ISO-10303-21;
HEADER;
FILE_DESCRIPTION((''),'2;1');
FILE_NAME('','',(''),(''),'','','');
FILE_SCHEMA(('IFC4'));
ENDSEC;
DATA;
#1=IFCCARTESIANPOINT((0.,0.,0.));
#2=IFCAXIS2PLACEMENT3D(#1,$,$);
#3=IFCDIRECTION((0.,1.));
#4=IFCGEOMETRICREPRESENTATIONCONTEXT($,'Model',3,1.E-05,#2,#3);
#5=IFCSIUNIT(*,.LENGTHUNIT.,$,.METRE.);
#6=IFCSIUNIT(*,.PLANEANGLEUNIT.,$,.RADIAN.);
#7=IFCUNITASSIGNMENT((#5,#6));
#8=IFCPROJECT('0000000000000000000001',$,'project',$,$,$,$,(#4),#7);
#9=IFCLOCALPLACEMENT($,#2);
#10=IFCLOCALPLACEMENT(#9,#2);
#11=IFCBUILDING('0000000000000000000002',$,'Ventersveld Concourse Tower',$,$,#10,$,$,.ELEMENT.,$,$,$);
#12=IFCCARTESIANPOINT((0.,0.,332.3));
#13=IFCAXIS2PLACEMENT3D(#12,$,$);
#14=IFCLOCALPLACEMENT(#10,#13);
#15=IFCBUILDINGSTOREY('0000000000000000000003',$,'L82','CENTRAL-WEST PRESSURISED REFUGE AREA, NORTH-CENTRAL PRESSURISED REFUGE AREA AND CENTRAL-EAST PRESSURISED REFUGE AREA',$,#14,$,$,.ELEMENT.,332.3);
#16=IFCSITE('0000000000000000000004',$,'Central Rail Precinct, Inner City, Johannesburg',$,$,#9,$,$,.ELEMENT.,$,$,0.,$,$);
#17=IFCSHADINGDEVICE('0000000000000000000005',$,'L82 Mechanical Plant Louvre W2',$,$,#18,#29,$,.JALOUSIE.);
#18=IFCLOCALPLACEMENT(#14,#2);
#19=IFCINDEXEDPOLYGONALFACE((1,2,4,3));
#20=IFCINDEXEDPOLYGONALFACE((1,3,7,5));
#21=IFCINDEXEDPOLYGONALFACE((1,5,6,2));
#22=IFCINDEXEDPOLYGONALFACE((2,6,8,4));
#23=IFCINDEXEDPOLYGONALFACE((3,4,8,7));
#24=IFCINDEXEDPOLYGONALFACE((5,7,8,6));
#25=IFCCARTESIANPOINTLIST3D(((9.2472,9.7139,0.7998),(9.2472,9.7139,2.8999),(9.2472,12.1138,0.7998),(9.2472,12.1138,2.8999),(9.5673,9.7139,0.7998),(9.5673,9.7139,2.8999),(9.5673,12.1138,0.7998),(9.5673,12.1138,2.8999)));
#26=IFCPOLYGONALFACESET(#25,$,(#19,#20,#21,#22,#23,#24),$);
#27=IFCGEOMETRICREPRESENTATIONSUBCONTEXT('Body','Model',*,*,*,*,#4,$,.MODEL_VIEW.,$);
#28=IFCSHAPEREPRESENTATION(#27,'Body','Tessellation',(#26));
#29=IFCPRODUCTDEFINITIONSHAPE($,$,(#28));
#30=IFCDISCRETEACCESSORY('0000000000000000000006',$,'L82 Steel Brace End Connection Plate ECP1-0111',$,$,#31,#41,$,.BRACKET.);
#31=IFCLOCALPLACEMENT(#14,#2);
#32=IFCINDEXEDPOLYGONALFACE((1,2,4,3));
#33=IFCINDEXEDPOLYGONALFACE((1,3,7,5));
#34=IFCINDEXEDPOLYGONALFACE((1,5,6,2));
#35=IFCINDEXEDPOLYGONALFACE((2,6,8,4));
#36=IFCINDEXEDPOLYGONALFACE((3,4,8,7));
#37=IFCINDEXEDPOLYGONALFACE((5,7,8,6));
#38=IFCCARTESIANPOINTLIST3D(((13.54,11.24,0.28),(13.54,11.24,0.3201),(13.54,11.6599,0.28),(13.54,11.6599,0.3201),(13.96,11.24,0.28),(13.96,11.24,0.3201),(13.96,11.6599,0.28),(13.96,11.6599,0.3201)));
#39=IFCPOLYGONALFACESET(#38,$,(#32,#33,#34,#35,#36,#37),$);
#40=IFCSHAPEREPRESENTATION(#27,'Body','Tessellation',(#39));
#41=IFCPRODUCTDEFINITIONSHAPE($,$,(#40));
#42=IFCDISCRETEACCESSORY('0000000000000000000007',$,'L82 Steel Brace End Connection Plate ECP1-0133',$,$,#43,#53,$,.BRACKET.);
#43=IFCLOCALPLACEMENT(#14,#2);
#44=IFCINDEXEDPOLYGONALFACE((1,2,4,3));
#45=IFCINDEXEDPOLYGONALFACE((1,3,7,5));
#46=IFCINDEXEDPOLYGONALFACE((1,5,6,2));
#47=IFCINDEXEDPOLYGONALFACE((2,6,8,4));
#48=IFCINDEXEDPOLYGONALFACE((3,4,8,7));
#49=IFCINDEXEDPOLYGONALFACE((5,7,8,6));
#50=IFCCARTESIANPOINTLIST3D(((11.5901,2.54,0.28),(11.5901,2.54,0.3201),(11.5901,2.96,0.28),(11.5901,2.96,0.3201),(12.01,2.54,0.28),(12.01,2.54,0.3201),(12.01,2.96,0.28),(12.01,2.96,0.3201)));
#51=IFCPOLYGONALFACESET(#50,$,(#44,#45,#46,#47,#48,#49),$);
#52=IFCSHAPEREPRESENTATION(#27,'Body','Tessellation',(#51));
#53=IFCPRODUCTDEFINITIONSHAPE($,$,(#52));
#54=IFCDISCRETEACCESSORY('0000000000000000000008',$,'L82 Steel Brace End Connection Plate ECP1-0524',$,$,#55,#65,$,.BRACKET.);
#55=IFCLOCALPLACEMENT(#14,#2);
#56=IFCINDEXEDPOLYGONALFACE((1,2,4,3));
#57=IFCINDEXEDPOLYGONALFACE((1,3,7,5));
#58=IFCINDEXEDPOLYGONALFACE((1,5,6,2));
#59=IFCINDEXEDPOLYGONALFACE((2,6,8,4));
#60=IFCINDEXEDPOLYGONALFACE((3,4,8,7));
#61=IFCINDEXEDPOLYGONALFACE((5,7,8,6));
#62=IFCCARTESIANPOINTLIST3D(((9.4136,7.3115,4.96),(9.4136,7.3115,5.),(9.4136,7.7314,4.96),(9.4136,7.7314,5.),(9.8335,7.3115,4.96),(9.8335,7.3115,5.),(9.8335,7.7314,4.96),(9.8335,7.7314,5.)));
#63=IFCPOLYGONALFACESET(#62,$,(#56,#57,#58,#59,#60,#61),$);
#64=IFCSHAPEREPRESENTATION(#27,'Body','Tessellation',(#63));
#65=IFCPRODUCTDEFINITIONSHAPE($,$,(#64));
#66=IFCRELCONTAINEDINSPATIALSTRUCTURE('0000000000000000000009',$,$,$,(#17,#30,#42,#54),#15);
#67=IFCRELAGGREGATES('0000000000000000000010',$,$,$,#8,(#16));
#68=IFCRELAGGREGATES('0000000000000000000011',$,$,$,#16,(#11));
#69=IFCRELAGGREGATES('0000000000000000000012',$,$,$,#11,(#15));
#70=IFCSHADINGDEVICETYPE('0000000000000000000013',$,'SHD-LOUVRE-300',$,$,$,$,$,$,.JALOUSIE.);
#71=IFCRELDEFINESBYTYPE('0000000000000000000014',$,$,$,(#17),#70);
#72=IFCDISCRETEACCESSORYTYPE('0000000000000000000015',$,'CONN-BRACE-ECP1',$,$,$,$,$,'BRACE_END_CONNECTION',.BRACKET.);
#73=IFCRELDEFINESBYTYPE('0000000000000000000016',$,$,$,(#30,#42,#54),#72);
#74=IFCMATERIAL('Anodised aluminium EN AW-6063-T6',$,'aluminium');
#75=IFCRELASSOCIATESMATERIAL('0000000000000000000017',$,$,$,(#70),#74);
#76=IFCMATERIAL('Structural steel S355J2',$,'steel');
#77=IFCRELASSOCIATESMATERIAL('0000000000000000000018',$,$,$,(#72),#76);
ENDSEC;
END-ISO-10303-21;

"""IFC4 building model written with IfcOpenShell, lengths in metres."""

from ifc_helpers import new_model, si_unit, direction, frame, origin, origin_2d, place, context, subcontext, project, spatial, rectangle, extrude, material, type_object, element, save


model = new_model("IFC4")

# Units and contexts
model_context = context("Model", 3, precision=1e-05, world=origin(), true_north=direction((0.0, 1.0)))
body_context = subcontext(model_context, "Body", "Model", "MODEL_VIEW")
ifc_project = project(units=[si_unit("LENGTHUNIT", "METRE"), si_unit("PLANEANGLEUNIT", "RADIAN")], contexts=[model_context])

# Site, building, storey
site_placement = place(None, origin())
site = spatial("IfcSite", under=ifc_project, at=site_placement, Name="Central Rail Precinct, Inner City, Johannesburg", CompositionType="ELEMENT", RefElevation=0.0)
building_placement = place(site_placement, origin())
building = spatial("IfcBuilding", under=site, at=building_placement, Name="Ventersveld Concourse Tower", CompositionType="ELEMENT")
storey_placement = place(building_placement, frame((0.0, 0.0, 332.3)))
storey = spatial("IfcBuildingStorey", under=building, at=storey_placement, Name="L82", Description="CENTRAL-WEST PRESSURISED REFUGE AREA, NORTH-CENTRAL PRESSURISED REFUGE AREA AND CENTRAL-EAST PRESSURISED REFUGE AREA", CompositionType="ELEMENT", Elevation=332.3)

# Shared definitions
ifc_material_1 = material(Name="Structural steel S355J2", Category="steel")

# Shading device
ifc_material_2 = material(Name="Anodised aluminium EN AW-6063-T6", Category="aluminium")
shading_device_type = type_object("IfcShadingDeviceType", Name="SHD-LOUVRE-300", PredefinedType="JALOUSIE", material=ifc_material_2)
shading_device_placement = place(storey_placement, frame((9.4072, 10.9138, 0.7998), z_axis=(0.0, 0.0, 1.0), x_axis=(0.0, -1.0, 0.0)))
element("IfcShadingDevice", 1, at=shading_device_placement, inside=storey, type_object=shading_device_type, Name="L82 Mechanical Plant Louvre W2", PredefinedType="JALOUSIE", context=body_context, shape_type="SweptSolid", body=[
    extrude(rectangle(XDim=2.3999, YDim=0.3201, at=origin_2d()), origin(), (0.0, 0.0, 1.0), 2.1001),
])

# Discrete accessories
discrete_accessory_type = type_object("IfcDiscreteAccessoryType", Name="CONN-BRACE-ECP1", ElementType="BRACE_END_CONNECTION", PredefinedType="BRACKET", material=ifc_material_1)
for number, where, z_axis, x_axis, name in (
    (2, (13.75, 11.45, 0.28), (0.0, 0.0, 1.0), (1.0, 0.0, 0.0), "L82 Steel Brace End Connection Plate ECP1-0111"),
    (3, (11.8, 2.75, 0.28), (0.0, 0.0, 1.0), (1.0, 0.0, 0.0), "L82 Steel Brace End Connection Plate ECP1-0133"),
    (4, (9.6235, 7.5215, 4.96), (0.0, 0.0, 1.0), (1.0, 0.0, 0.0), "L82 Steel Brace End Connection Plate ECP1-0524"),
):
    element("IfcDiscreteAccessory", number, at=place(storey_placement, frame(where, z_axis=z_axis, x_axis=x_axis)), inside=storey, type_object=discrete_accessory_type, Name=name, PredefinedType="BRACKET", context=body_context, shape_type="SweptSolid", body=[
        extrude(rectangle(XDim=0.4199, YDim=0.4199, at=origin_2d()), origin(), (0.0, 0.0, 1.0), 0.04),
    ])

save(model, "model.ifc")
